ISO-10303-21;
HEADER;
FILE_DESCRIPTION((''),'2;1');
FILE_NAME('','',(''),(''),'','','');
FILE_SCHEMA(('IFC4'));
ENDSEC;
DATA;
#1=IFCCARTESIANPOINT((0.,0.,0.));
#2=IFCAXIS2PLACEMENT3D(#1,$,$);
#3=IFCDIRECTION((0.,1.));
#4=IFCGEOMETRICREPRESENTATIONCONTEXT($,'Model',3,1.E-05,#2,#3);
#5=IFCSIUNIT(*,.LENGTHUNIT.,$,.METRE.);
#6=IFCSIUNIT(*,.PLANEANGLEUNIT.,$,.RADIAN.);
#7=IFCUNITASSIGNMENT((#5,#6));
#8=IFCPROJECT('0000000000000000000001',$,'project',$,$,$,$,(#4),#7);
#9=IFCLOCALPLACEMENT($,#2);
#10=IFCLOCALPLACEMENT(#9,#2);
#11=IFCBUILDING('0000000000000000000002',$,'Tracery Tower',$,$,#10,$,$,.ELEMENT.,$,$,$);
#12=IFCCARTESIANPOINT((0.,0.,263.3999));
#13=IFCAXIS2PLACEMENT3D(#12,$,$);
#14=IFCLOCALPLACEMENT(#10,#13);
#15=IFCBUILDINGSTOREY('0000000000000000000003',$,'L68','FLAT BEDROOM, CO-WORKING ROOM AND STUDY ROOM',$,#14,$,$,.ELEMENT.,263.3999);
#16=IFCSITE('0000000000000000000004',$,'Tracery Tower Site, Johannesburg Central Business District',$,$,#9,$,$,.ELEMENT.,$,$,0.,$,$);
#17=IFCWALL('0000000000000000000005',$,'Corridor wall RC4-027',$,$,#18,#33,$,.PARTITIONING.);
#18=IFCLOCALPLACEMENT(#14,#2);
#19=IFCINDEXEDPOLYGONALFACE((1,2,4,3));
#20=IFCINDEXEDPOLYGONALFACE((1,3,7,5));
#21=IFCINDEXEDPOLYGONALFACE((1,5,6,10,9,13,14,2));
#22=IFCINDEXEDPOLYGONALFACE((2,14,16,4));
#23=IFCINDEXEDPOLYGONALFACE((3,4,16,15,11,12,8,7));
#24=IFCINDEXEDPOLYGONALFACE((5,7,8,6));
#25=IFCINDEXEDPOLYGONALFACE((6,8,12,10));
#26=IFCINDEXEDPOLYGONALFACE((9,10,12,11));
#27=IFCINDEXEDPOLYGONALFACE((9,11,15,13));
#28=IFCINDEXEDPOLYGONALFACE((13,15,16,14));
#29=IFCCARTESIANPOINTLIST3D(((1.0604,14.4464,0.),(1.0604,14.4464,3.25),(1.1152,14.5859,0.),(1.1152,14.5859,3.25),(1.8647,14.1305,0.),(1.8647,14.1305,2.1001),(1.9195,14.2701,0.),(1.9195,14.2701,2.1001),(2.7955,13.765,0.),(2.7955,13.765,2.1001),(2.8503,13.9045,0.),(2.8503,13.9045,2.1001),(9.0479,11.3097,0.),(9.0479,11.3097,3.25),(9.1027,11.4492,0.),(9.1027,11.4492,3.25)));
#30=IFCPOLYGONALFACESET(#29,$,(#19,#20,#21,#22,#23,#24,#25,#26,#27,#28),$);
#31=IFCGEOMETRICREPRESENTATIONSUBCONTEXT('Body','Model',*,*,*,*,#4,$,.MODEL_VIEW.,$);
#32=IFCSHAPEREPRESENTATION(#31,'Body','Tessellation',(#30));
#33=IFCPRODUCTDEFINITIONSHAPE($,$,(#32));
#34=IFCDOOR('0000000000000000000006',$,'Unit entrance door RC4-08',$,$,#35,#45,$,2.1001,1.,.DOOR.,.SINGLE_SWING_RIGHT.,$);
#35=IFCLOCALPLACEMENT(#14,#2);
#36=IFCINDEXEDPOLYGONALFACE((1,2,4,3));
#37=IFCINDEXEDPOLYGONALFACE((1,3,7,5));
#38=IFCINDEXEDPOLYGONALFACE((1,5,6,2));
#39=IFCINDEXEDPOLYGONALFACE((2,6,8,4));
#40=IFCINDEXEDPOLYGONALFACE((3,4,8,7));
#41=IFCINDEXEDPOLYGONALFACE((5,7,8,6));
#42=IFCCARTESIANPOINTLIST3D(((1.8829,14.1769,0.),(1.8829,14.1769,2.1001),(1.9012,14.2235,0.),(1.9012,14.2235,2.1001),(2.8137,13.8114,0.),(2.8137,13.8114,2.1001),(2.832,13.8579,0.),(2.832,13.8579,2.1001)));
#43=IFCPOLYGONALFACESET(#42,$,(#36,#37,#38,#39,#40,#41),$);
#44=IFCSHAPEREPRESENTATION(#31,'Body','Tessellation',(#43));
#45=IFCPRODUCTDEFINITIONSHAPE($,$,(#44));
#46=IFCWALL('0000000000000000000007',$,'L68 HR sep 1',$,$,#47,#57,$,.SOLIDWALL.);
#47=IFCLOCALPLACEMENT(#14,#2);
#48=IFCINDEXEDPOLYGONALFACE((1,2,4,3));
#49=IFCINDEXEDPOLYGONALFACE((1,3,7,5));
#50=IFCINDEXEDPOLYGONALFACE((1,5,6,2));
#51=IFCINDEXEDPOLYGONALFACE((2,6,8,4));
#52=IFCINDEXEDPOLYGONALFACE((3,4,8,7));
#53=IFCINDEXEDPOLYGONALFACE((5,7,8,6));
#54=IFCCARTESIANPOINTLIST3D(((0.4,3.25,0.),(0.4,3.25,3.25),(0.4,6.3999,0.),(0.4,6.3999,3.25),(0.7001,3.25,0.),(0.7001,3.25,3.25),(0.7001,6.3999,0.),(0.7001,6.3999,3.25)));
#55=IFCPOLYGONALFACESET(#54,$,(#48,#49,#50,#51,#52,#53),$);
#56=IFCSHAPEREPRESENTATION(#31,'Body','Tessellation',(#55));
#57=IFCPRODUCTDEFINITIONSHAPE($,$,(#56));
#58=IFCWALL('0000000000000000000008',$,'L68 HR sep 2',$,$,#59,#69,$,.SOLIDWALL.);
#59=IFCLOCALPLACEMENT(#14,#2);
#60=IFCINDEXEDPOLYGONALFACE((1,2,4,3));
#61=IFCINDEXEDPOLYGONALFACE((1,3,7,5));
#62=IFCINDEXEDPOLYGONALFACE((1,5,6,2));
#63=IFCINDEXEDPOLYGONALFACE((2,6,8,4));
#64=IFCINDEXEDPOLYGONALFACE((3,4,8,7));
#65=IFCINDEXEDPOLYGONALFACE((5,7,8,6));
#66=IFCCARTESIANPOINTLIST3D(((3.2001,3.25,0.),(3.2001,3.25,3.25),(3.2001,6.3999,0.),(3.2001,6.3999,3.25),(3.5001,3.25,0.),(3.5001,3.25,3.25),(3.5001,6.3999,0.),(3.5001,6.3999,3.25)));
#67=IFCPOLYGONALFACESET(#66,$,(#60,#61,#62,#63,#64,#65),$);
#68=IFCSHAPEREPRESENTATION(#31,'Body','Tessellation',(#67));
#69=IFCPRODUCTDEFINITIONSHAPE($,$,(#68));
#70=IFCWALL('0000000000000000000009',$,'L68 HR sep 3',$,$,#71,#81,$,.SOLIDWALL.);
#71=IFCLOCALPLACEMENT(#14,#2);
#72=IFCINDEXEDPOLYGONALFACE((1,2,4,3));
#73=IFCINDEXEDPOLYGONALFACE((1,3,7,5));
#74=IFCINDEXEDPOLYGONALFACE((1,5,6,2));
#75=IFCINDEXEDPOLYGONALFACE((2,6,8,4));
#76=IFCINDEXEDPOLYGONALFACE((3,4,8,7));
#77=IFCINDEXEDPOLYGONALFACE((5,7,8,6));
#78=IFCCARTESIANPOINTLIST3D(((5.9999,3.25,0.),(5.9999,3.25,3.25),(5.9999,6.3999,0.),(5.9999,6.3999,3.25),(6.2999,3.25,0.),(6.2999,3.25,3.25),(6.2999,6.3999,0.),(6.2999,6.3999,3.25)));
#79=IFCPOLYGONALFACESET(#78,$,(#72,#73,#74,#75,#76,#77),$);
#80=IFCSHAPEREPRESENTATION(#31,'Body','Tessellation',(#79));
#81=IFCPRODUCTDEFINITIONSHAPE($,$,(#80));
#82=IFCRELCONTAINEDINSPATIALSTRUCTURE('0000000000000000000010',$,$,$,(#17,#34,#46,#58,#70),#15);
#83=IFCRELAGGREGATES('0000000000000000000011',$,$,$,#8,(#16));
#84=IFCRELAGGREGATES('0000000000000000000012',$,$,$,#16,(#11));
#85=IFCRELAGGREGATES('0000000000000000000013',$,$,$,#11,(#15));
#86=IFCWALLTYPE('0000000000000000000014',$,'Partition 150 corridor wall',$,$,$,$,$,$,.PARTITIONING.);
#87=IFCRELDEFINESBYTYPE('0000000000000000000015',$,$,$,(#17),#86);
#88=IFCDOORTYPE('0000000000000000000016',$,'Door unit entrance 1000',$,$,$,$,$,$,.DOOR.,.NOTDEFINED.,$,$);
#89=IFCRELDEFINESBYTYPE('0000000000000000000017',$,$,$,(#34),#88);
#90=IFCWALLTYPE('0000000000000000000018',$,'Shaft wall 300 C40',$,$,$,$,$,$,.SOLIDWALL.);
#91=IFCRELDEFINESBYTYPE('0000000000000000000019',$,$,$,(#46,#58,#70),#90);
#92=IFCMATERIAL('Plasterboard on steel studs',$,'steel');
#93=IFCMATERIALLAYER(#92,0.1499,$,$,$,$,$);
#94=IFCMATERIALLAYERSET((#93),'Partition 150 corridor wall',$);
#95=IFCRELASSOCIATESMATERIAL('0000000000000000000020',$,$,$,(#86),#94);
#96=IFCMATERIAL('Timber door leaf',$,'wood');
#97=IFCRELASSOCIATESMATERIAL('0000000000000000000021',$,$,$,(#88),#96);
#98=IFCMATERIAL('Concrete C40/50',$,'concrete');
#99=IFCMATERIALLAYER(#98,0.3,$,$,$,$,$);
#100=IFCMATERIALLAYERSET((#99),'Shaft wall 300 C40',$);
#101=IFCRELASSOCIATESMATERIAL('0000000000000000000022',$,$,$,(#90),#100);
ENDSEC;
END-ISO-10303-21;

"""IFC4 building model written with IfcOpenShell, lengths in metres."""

from ifc_helpers import new_model, si_unit, direction, frame, frame_2d, origin, place, context, subcontext, project, spatial, rectangle, extrude, material, layer, layer_set, type_object, element, fill, save


model = new_model("IFC4")

# Units and contexts
model_context = context("Model", 3, precision=1e-05, world=origin(), true_north=direction((0.0, 1.0)))
body_context = subcontext(model_context, "Body", "Model", "MODEL_VIEW")
ifc_project = project(units=[si_unit("LENGTHUNIT", "METRE"), si_unit("PLANEANGLEUNIT", "RADIAN")], contexts=[model_context])

# Site, building, storey
site_placement = place(None, origin())
site = spatial("IfcSite", under=ifc_project, at=site_placement, Name="Tracery Tower Site, Johannesburg Central Business District", CompositionType="ELEMENT", RefElevation=0.0)
building_placement = place(site_placement, origin())
building = spatial("IfcBuilding", under=site, at=building_placement, Name="Tracery Tower", CompositionType="ELEMENT")
storey_placement = place(building_placement, frame((0.0, 0.0, 263.3999)))
storey = spatial("IfcBuildingStorey", under=building, at=storey_placement, Name="L68", Description="FLAT BEDROOM, CO-WORKING ROOM AND STUDY ROOM", CompositionType="ELEMENT", Elevation=263.3999)

# Shared definitions
ifc_material_1 = material(Name="Plasterboard on steel studs", Category="steel")
ifc_layer_1 = layer(ifc_material_1, 0.1499)
ifc_layer_set_1 = layer_set([ifc_layer_1], Name="Partition 150 corridor wall")
wall_type_1 = type_object("IfcWallType", Name="Partition 150 corridor wall", PredefinedType="PARTITIONING", material=ifc_layer_set_1)

# Wall, opening, door
wall_1_placement = place(storey_placement, frame((1.0879, 14.5161, 0.0), z_axis=(0.0, 0.0, 1.0), x_axis=(0.930801, -0.365526, 0.0)))
wall_1 = element("IfcWall", 1, at=wall_1_placement, inside=storey, type_object=wall_type_1, Name="Corridor wall RC4-027", PredefinedType="PARTITIONING", context=body_context, shape_type="SweptSolid", body=[
    extrude(rectangle(XDim=8.5813, YDim=0.1499, at=frame_2d((4.2905, 0.0))), origin(), (0.0, 0.0, 1.0), 3.25),
])
opening_1_placement = place(wall_1_placement, frame((0.864, 0.0, 0.0)))
opening_1 = element("IfcOpeningElement", 2, at=opening_1_placement, cuts=wall_1, PredefinedType="OPENING", context=body_context, shape_type="SweptSolid", body=[
    extrude(rectangle(XDim=1.0, YDim=2.1001, at=frame_2d((0.5, 1.05))), frame((0.0, 0.075, 0.0), z_axis=(0.0, -1.0, 0.0), x_axis=(1.0, 0.0, 0.0)), (0.0, 0.0, 1.0), 0.1499),
])
ifc_material_2 = material(Name="Timber door leaf", Category="wood")
door_type_1 = type_object("IfcDoorType", Name="Door unit entrance 1000", OperationType="NOTDEFINED", PredefinedType="DOOR", material=ifc_material_2)
door_1_placement = place(opening_1_placement, origin())
door_1 = element("IfcDoor", 3, at=door_1_placement, inside=storey, type_object=door_type_1, Name="Unit entrance door RC4-08", OperationType="SINGLE_SWING_RIGHT", OverallHeight=2.1001, OverallWidth=1.0, PredefinedType="DOOR", context=body_context, shape_type="SweptSolid", body=[
    extrude(rectangle(XDim=1.0, YDim=2.1001, at=frame_2d((0.5, 1.05))), frame((0.0, 0.0249, 0.0), z_axis=(0.0, -1.0, 0.0), x_axis=(1.0, 0.0, 0.0)), (0.0, 0.0, 1.0), 0.05),
])
fill(opening_1, door_1)

# Walls
ifc_material_3 = material(Name="Concrete C40/50", Category="concrete")
ifc_layer_2 = layer(ifc_material_3, 0.3)
ifc_layer_set_2 = layer_set([ifc_layer_2], Name="Shaft wall 300 C40")
wall_type_2 = type_object("IfcWallType", Name="Shaft wall 300 C40", PredefinedType="SOLIDWALL", material=ifc_layer_set_2)
for number, where, z_axis, x_axis, name in (
    (4, (0.55, 3.25, 0.0), (0.0, 0.0, 1.0), (0.0, 1.0, 0.0), "L68 HR sep 1"),
    (5, (3.3501, 3.25, 0.0), (0.0, 0.0, 1.0), (0.0, 1.0, 0.0), "L68 HR sep 2"),
    (6, (6.1499, 3.25, 0.0), (0.0, 0.0, 1.0), (0.0, 1.0, 0.0), "L68 HR sep 3"),
):
    element("IfcWall", number, at=place(storey_placement, frame(where, z_axis=z_axis, x_axis=x_axis)), inside=storey, type_object=wall_type_2, Name=name, PredefinedType="SOLIDWALL", context=body_context, shape_type="SweptSolid", body=[
        extrude(rectangle(XDim=3.1499, YDim=0.3, at=frame_2d((1.575, 0.0))), origin(), (0.0, 0.0, 1.0), 3.25),
    ])

save(model, "model.ifc")
